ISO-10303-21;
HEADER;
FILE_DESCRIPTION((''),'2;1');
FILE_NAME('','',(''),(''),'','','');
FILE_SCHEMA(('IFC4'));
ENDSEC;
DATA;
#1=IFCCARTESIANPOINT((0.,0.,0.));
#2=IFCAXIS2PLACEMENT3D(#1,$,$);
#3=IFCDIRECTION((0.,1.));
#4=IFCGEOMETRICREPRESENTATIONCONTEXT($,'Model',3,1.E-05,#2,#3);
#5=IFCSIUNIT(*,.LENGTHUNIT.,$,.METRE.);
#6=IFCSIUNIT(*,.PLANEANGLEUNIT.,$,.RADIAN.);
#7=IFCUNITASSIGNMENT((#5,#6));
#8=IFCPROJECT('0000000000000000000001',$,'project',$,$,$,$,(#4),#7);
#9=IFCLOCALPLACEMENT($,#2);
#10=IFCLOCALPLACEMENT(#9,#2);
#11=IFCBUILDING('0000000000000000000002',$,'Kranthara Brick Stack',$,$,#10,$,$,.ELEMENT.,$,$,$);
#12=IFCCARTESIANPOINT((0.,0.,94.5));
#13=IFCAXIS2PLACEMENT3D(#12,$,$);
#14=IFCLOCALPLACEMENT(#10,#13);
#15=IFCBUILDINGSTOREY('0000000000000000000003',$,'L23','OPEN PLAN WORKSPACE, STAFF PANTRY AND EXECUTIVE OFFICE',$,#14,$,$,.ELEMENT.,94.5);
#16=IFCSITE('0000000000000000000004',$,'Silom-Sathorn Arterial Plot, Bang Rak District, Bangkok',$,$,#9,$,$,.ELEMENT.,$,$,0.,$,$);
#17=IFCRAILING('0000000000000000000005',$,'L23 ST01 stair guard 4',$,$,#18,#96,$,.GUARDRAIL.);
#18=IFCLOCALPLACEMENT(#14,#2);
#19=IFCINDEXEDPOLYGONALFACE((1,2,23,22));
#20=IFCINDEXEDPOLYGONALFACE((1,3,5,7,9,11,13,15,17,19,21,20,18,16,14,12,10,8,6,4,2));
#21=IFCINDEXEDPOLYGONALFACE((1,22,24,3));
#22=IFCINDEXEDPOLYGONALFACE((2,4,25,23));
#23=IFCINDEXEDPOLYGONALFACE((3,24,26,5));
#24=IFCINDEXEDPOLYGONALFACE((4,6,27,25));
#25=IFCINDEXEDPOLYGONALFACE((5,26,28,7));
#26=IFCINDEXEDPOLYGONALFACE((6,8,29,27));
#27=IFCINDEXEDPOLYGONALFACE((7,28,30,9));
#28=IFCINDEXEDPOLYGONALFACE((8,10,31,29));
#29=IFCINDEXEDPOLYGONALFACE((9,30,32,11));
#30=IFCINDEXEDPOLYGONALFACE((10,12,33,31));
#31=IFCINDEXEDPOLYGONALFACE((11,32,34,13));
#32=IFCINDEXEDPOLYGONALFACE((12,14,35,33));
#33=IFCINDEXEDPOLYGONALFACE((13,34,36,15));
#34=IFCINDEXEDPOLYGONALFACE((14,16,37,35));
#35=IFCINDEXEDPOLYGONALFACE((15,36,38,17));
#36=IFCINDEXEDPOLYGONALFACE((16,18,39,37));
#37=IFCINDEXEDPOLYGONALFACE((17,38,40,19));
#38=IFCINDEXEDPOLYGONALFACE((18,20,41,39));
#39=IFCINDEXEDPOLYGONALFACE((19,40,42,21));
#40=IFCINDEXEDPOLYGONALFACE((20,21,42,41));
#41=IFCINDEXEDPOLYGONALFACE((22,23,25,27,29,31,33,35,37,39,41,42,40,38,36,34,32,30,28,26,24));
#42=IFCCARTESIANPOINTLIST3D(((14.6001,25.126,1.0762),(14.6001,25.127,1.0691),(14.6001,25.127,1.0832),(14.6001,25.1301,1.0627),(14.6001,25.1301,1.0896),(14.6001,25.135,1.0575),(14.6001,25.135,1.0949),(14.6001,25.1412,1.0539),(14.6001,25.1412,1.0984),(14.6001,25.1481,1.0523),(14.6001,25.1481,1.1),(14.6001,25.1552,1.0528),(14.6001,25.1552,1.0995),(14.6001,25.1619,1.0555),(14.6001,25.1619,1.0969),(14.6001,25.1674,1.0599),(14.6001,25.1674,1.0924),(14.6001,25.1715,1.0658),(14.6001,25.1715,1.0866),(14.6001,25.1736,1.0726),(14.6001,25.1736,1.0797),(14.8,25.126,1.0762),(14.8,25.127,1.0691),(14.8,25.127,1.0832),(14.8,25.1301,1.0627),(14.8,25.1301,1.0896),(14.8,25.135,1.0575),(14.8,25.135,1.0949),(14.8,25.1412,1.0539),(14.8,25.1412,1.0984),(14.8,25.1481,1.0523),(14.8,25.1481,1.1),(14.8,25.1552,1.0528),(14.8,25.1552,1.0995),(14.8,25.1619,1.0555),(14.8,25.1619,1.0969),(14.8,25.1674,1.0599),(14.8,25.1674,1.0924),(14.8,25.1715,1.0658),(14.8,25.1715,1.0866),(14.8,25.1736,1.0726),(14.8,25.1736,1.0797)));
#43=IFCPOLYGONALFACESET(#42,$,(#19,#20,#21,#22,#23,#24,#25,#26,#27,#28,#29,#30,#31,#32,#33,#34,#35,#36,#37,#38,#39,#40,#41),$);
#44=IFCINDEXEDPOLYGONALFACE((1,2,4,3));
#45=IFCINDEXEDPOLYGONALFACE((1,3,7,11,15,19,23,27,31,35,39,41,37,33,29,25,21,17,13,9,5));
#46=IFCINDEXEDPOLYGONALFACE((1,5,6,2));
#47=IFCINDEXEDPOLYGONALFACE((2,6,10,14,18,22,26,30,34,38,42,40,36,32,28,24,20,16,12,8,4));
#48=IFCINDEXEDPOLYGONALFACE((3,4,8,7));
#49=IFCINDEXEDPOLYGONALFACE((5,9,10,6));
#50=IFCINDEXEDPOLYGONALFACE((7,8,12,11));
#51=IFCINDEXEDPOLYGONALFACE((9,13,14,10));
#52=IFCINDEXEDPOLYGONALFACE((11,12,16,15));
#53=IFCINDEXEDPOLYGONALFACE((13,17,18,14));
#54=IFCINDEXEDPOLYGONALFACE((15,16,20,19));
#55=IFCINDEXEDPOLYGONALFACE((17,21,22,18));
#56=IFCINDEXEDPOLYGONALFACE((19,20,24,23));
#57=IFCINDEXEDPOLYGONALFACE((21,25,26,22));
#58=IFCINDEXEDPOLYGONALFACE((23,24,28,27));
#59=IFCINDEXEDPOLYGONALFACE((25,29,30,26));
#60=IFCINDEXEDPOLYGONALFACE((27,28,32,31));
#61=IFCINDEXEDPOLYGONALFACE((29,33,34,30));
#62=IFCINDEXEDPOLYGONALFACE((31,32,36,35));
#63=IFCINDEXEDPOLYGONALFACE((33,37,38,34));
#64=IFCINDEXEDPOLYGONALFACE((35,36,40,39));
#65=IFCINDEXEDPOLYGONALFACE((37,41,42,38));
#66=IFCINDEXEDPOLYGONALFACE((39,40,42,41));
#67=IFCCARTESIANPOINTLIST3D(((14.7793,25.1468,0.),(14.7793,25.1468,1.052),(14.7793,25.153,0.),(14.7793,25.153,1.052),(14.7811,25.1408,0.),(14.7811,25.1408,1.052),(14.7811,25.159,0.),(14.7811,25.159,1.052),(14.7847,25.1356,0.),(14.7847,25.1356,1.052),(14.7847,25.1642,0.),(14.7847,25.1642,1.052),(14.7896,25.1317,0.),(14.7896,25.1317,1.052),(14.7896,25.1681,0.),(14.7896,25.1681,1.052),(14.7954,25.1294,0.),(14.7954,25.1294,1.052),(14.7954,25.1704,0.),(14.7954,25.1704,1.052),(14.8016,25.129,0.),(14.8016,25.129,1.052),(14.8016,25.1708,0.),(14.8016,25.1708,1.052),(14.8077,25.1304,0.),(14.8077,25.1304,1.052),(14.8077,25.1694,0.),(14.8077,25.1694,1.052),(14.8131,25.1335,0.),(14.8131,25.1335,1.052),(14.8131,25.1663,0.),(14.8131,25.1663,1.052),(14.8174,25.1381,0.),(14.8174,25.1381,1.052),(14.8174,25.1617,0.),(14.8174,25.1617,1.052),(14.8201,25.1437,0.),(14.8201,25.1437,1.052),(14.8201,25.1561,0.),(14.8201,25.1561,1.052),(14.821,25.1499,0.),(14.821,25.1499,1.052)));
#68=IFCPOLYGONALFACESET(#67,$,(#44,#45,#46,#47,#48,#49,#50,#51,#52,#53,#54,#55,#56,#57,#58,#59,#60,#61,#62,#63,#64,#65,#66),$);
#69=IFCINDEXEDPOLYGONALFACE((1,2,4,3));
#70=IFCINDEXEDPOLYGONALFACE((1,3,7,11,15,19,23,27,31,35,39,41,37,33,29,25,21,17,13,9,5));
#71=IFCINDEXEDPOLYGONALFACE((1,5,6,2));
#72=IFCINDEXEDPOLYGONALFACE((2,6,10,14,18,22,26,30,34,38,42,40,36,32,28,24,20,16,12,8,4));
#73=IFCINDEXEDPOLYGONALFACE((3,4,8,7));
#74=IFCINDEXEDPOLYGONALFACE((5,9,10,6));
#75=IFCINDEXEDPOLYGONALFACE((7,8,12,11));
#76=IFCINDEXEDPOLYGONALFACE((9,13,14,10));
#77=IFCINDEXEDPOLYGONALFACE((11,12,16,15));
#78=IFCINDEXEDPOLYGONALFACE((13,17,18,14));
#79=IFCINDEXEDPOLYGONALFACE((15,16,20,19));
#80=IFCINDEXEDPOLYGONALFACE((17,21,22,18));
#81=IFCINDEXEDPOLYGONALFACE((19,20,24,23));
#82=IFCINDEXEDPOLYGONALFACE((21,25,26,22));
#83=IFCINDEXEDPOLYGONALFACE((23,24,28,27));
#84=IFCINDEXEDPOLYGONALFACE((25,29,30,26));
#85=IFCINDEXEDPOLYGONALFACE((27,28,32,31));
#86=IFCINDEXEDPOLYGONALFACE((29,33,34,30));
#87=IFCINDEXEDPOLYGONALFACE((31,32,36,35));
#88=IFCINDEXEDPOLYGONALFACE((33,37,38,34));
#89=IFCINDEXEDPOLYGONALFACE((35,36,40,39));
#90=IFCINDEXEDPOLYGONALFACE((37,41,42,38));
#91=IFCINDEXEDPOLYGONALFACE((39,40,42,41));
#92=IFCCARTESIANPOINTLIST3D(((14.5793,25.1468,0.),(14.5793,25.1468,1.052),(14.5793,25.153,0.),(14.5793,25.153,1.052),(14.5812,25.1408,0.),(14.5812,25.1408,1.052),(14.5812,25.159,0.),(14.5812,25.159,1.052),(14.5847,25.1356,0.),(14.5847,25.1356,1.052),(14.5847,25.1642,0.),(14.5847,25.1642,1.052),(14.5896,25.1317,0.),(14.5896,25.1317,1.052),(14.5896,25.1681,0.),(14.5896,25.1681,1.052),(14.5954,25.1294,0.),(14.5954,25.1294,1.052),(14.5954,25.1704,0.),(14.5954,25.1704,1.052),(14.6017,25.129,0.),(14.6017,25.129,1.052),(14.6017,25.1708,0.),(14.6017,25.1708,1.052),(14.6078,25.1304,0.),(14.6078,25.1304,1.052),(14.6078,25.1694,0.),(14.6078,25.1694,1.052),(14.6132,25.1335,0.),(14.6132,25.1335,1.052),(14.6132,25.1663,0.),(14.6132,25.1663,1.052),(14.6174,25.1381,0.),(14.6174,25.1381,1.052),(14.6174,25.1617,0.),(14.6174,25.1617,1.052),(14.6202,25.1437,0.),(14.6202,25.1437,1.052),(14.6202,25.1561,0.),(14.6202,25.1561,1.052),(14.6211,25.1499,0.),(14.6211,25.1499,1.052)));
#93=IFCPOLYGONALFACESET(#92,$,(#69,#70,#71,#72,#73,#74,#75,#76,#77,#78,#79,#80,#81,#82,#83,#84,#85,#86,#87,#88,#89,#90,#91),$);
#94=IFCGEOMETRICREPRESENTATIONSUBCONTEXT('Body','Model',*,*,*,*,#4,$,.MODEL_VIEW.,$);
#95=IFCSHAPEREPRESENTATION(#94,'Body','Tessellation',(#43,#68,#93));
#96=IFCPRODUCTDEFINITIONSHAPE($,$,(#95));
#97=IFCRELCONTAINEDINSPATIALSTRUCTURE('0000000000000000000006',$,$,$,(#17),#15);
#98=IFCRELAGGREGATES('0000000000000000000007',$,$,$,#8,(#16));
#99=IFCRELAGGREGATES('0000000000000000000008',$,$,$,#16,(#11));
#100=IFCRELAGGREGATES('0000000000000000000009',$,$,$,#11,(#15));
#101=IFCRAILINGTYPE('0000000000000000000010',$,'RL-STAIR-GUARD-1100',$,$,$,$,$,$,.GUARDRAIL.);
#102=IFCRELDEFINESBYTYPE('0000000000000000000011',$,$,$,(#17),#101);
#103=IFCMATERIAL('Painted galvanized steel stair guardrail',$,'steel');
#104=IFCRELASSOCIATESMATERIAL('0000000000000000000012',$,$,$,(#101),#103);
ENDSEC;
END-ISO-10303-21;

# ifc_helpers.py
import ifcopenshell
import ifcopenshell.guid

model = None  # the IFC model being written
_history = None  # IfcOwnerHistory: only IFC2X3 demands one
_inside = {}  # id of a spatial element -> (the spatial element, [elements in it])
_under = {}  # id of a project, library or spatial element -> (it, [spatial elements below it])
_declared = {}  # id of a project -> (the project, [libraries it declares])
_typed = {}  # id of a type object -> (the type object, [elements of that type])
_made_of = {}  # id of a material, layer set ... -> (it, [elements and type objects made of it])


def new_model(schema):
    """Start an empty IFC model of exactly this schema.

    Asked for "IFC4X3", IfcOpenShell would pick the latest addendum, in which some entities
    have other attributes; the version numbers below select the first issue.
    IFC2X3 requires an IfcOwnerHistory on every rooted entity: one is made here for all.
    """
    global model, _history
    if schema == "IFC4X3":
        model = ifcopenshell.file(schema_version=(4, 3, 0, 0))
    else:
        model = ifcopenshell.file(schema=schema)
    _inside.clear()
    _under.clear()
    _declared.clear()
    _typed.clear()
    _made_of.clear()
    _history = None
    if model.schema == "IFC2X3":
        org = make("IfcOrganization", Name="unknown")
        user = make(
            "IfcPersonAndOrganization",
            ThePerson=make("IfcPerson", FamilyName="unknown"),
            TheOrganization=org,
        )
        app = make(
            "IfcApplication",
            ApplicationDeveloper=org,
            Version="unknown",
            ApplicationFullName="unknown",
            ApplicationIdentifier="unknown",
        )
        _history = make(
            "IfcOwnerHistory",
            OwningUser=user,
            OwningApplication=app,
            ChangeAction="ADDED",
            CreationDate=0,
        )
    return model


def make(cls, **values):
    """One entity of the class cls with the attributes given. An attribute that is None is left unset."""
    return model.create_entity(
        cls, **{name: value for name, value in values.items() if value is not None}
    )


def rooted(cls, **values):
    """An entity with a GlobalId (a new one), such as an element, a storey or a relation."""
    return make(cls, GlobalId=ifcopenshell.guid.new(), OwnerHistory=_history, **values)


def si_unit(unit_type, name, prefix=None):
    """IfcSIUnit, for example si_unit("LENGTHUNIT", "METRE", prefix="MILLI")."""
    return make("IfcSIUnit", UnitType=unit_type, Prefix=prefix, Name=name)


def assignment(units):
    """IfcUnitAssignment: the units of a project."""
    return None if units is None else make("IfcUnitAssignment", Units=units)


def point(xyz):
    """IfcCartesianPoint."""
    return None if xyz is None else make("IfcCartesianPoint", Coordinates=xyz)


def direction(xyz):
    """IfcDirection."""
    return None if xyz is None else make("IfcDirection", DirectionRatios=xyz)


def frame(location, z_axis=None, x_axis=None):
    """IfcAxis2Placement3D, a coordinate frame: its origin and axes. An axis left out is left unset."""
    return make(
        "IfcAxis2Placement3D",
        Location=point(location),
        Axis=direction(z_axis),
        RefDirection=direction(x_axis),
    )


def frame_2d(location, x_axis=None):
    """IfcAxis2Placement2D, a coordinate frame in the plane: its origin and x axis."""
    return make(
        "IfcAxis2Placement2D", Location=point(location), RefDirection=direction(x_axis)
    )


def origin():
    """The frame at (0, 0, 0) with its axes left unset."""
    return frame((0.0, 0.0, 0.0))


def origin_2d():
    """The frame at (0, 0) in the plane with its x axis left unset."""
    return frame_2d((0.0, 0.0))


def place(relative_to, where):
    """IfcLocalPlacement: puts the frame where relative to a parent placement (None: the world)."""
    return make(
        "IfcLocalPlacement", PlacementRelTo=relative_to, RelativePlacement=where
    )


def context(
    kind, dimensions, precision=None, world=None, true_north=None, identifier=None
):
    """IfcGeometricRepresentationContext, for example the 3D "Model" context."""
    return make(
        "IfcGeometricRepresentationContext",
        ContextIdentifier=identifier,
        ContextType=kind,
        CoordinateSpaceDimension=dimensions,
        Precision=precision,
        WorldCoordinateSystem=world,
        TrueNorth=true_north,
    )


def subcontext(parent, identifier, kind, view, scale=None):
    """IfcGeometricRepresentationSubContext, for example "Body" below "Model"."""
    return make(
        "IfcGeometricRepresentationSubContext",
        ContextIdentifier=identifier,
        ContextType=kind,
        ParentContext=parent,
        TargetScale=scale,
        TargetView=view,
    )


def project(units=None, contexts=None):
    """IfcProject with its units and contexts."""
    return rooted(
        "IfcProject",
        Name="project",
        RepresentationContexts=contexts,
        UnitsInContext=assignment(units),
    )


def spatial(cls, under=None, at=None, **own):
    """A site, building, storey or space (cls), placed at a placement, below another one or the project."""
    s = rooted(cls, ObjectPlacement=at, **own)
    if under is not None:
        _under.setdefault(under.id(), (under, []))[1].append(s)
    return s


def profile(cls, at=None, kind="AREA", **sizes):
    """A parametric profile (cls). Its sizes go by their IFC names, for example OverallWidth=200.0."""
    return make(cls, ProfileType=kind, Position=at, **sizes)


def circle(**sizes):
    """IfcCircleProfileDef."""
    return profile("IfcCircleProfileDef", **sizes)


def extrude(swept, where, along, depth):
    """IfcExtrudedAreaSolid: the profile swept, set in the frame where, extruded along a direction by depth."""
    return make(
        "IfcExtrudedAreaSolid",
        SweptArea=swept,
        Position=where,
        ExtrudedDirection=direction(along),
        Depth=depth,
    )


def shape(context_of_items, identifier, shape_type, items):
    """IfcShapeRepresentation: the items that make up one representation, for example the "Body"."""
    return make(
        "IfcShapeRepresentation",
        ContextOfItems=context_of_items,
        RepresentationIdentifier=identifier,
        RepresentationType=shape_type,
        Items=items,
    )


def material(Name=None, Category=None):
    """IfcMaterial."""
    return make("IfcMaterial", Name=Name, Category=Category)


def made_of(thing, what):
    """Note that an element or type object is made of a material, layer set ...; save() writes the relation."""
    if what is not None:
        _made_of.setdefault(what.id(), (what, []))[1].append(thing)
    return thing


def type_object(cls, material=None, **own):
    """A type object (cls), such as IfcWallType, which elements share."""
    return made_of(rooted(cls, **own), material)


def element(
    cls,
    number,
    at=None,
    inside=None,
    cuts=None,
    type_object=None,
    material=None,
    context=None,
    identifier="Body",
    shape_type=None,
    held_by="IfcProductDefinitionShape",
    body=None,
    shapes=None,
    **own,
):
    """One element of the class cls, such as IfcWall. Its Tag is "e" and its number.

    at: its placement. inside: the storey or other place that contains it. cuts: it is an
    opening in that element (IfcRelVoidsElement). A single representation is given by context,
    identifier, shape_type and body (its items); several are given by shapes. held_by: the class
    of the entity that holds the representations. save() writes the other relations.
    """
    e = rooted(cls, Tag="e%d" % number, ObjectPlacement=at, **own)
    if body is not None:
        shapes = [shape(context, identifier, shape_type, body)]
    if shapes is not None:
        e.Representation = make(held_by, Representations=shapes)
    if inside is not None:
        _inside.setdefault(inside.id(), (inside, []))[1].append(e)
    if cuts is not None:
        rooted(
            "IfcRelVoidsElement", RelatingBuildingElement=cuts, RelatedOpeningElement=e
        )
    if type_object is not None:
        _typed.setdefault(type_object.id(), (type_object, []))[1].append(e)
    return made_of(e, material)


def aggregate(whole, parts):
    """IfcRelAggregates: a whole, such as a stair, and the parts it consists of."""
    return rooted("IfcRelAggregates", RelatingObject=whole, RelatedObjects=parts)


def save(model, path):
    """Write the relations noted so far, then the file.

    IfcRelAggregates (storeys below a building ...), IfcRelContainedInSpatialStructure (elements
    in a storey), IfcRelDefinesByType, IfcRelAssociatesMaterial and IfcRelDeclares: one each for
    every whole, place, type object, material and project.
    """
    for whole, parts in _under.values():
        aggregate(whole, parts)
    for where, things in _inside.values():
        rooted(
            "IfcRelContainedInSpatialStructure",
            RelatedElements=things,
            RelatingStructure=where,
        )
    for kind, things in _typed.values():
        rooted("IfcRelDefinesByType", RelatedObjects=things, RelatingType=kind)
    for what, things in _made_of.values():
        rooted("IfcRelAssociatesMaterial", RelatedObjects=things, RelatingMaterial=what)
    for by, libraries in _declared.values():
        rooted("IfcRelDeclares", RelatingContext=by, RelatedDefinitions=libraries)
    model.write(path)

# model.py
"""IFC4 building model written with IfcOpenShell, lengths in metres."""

from ifc_helpers import new_model, si_unit, direction, frame, origin, origin_2d, place, context, subcontext, project, spatial, circle, extrude, material, type_object, element, save


model = new_model("IFC4")

# Units and contexts
model_context = context("Model", 3, precision=1e-05, world=origin(), true_north=direction((0.0, 1.0)))
body_context = subcontext(model_context, "Body", "Model", "MODEL_VIEW")
ifc_project = project(units=[si_unit("LENGTHUNIT", "METRE"), si_unit("PLANEANGLEUNIT", "RADIAN")], contexts=[model_context])

# Site, building, storey
site_placement = place(None, origin())
site = spatial("IfcSite", under=ifc_project, at=site_placement, Name="Silom-Sathorn Arterial Plot, Bang Rak District, Bangkok", CompositionType="ELEMENT", RefElevation=0.0)
building_placement = place(site_placement, origin())
building = spatial("IfcBuilding", under=site, at=building_placement, Name="Kranthara Brick Stack", CompositionType="ELEMENT")
storey_placement = place(building_placement, frame((0.0, 0.0, 94.5)))
storey = spatial("IfcBuildingStorey", under=building, at=storey_placement, Name="L23", Description="OPEN PLAN WORKSPACE, STAFF PANTRY AND EXECUTIVE OFFICE", CompositionType="ELEMENT", Elevation=94.5)

# Railing
ifc_material_1 = material(Name="Painted galvanized steel stair guardrail", Category="steel")
railing_type_1 = type_object("IfcRailingType", Name="RL-STAIR-GUARD-1100", PredefinedType="GUARDRAIL", material=ifc_material_1)
railing_1_placement = place(storey_placement, frame((14.8, 25.1499, 0.0)))
element("IfcRailing", 1, at=railing_1_placement, inside=storey, type_object=railing_type_1, Name="L23 ST01 stair guard 4", PredefinedType="GUARDRAIL", context=body_context, shape_type="SweptSolid", body=[
    extrude(circle(Radius=0.0239, at=origin_2d()), frame((0.0, 0.0, 1.0762), z_axis=(-1.0, 0.0, 0.0), x_axis=(0.0, -1.0, 0.0)), (0.0, 0.0, 1.0), 0.2),
    extrude(circle(Radius=0.021, at=origin_2d()), origin(), (0.0, 0.0, 1.0), 1.052),
    extrude(circle(Radius=0.021, at=origin_2d()), frame((-0.2, 0.0, 0.0)), (0.0, 0.0, 1.0), 1.052),
])

save(model, "model.ifc")
